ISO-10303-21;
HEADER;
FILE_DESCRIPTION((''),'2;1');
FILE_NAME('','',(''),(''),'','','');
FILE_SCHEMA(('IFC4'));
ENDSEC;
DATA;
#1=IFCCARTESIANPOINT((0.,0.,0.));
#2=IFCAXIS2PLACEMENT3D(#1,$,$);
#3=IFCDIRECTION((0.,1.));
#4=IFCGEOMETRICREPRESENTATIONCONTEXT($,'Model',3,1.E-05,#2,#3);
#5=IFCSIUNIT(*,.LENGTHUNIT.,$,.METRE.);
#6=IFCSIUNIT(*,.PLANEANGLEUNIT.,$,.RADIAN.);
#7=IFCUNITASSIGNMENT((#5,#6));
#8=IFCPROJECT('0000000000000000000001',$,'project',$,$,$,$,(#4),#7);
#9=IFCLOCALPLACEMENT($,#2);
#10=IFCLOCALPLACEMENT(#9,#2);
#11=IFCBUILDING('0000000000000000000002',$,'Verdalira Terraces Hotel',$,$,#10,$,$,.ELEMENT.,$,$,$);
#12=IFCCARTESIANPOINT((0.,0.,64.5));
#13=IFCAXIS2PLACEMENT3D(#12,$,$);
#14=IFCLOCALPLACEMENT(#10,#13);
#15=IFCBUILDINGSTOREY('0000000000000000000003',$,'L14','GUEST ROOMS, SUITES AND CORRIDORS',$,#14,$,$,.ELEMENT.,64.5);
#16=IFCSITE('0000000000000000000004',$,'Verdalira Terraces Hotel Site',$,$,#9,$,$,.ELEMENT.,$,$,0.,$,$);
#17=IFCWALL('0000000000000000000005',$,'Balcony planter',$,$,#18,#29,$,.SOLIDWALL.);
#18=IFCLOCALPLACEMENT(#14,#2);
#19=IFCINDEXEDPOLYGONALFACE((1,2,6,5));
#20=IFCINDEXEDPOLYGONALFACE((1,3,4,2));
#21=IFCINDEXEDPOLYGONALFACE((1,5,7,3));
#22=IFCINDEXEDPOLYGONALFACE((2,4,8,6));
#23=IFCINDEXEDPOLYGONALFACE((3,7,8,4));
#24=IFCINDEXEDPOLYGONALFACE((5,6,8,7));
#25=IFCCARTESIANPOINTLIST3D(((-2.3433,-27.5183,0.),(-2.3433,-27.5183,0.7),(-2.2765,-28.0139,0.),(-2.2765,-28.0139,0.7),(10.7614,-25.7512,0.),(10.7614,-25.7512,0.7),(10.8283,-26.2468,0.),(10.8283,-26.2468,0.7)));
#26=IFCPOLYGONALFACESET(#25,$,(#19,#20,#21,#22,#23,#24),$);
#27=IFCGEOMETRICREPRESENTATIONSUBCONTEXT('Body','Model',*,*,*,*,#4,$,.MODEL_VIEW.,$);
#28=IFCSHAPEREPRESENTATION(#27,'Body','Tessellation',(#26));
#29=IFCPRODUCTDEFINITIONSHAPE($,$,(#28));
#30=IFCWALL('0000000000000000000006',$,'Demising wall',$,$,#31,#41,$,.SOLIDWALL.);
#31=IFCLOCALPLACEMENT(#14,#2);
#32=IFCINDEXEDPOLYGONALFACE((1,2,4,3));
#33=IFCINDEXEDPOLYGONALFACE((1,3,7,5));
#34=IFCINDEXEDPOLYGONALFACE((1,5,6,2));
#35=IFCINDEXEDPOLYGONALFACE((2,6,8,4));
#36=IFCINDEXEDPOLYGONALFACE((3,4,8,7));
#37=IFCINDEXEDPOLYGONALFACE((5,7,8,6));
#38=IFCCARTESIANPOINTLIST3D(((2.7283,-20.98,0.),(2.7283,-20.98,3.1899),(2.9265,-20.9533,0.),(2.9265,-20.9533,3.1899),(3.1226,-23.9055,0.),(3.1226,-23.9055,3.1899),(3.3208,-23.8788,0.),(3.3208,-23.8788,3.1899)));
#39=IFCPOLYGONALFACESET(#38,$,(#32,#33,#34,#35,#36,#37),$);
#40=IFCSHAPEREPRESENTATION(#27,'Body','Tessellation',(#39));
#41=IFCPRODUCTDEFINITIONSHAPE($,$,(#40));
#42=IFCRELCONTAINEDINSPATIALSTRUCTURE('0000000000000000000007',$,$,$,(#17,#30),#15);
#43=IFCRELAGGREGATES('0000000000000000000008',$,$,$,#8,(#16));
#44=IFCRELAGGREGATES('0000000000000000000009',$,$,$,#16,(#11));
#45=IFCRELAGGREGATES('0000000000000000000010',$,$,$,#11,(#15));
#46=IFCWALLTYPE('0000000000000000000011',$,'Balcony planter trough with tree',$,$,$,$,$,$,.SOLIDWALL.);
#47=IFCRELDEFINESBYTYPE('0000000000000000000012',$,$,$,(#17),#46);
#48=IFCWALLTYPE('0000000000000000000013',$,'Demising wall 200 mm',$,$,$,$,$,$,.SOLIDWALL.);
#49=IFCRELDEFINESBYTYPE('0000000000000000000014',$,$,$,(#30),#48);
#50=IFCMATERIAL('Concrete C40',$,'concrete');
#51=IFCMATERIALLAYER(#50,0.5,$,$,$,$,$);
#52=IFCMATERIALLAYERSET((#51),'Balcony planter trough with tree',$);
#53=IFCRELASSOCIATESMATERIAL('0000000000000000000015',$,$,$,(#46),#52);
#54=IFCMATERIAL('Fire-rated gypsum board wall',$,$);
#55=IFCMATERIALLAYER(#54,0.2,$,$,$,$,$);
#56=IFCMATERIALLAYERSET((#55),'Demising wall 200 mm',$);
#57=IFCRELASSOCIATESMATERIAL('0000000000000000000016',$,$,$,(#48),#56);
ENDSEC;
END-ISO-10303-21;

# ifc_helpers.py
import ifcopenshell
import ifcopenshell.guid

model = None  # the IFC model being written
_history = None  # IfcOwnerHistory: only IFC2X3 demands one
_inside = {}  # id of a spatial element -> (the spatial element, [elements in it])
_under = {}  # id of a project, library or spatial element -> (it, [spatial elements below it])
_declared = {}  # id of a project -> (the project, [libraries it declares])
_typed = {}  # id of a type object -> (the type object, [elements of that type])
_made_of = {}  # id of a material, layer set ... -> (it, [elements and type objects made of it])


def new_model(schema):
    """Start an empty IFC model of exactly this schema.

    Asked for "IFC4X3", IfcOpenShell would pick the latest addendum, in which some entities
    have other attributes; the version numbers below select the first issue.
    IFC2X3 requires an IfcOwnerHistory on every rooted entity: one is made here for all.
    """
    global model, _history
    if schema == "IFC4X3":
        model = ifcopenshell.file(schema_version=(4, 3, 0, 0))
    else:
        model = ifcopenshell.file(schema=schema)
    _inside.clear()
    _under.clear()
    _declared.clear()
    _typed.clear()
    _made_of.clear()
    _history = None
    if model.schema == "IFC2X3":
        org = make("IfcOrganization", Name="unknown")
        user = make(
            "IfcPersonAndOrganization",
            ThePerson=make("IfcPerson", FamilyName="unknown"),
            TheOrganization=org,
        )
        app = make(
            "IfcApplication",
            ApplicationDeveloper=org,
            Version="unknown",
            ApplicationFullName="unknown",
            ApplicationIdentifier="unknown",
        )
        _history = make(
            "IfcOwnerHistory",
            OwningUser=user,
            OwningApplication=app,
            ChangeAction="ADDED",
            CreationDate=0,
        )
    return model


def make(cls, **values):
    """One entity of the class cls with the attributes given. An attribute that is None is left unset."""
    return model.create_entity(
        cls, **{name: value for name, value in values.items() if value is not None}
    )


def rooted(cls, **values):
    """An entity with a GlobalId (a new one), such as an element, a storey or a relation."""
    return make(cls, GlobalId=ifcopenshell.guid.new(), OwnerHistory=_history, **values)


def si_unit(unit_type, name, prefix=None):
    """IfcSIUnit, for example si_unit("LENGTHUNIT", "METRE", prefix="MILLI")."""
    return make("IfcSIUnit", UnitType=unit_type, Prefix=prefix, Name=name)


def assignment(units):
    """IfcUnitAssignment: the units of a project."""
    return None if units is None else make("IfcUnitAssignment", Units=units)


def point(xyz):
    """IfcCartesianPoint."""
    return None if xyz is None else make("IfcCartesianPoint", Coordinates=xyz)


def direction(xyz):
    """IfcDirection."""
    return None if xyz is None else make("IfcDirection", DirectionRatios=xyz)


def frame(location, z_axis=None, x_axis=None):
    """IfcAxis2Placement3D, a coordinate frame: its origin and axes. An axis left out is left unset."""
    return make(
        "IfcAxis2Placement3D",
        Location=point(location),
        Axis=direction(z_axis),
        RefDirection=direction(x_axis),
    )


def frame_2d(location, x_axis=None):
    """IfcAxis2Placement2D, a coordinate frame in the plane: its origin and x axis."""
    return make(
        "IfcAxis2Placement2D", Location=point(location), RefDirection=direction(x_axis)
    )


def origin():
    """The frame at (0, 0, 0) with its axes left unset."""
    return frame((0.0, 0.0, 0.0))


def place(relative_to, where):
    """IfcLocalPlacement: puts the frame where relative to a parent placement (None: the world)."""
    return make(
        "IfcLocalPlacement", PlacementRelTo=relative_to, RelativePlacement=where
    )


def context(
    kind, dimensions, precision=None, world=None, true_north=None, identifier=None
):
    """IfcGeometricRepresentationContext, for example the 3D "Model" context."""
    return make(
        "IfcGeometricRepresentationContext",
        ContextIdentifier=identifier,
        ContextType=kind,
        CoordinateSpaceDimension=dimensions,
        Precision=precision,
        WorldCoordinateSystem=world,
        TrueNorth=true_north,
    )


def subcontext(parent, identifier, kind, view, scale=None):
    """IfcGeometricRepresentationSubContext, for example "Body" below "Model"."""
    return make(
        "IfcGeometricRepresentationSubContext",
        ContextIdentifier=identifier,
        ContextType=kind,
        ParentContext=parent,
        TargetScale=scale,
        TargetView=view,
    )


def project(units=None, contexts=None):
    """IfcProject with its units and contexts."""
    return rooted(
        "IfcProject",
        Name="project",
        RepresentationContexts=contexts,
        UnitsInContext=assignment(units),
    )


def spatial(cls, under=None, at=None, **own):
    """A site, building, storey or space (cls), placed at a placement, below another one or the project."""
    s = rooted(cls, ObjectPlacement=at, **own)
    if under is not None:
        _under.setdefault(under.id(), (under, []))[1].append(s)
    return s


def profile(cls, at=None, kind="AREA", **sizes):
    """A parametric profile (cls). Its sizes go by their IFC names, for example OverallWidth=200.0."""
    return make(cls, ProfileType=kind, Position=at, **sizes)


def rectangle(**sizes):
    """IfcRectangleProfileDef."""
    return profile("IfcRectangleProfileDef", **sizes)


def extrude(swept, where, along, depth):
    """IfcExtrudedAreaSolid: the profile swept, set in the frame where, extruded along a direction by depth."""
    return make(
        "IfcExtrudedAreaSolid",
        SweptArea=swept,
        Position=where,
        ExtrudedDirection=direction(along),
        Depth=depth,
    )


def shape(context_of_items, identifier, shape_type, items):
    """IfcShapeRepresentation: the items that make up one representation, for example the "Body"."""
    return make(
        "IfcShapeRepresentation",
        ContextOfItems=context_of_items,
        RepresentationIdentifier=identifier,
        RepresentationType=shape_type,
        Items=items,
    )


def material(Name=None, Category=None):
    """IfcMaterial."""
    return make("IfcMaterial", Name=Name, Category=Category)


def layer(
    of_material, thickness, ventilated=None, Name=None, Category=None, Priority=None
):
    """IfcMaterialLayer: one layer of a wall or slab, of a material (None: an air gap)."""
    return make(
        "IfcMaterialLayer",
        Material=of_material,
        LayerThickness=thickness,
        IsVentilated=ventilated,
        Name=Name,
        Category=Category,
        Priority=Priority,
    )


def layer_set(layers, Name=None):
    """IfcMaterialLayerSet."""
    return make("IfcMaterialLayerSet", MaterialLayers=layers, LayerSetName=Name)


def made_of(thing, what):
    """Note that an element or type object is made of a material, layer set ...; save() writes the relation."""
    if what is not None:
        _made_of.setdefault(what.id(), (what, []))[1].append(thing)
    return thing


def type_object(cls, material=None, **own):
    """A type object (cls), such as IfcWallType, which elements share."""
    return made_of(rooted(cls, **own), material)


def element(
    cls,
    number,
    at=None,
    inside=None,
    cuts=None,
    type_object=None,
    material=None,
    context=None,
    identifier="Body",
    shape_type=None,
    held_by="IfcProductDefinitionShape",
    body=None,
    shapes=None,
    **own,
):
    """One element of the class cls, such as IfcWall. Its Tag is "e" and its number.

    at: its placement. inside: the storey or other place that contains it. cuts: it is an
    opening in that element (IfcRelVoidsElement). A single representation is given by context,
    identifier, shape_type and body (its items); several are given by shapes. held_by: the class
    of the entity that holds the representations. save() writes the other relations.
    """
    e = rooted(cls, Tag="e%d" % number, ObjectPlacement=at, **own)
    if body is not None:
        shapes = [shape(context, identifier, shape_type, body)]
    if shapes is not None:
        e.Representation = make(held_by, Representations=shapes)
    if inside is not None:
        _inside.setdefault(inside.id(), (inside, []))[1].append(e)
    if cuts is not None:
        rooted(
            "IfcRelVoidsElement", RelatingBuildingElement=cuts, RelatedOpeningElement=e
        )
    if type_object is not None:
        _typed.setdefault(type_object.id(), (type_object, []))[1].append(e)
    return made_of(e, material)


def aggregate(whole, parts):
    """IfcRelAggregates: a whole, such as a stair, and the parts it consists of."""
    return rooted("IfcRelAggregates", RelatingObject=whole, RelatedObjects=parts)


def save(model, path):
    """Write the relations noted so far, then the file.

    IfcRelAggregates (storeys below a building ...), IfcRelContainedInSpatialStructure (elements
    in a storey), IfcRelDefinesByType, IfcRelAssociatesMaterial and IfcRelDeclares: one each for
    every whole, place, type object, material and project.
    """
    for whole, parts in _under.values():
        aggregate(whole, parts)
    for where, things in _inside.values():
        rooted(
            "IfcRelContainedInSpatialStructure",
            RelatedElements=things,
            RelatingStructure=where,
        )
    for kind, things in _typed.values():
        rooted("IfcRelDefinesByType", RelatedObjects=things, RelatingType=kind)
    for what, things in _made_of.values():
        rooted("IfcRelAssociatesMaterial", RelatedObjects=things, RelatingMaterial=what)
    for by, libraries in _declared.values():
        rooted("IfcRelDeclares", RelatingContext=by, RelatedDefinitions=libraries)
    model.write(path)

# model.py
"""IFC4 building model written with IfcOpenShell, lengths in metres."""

from ifc_helpers import new_model, si_unit, direction, frame, frame_2d, origin, place, context, subcontext, project, spatial, rectangle, extrude, material, layer, layer_set, type_object, element, save


model = new_model("IFC4")

# Units and contexts
model_context = context("Model", 3, precision=1e-05, world=origin(), true_north=direction((0.0, 1.0)))
body_context = subcontext(model_context, "Body", "Model", "MODEL_VIEW")
ifc_project = project(units=[si_unit("LENGTHUNIT", "METRE"), si_unit("PLANEANGLEUNIT", "RADIAN")], contexts=[model_context])

# Site, building, storey
site_placement = place(None, origin())
site = spatial("IfcSite", under=ifc_project, at=site_placement, Name="Verdalira Terraces Hotel Site", CompositionType="ELEMENT", RefElevation=0.0)
building_placement = place(site_placement, origin())
building = spatial("IfcBuilding", under=site, at=building_placement, Name="Verdalira Terraces Hotel", CompositionType="ELEMENT")
storey_placement = place(building_placement, frame((0.0, 0.0, 64.5)))
storey = spatial("IfcBuildingStorey", under=building, at=storey_placement, Name="L14", Description="GUEST ROOMS, SUITES AND CORRIDORS", CompositionType="ELEMENT", Elevation=64.5)

# Walls
ifc_material_1 = material(Name="Concrete C40", Category="concrete")
ifc_layer_1 = layer(ifc_material_1, 0.5)
ifc_layer_set_1 = layer_set([ifc_layer_1], Name="Balcony planter trough with tree")
wall_type_1 = type_object("IfcWallType", Name="Balcony planter trough with tree", PredefinedType="SOLIDWALL", material=ifc_layer_set_1)
wall_1_placement = place(storey_placement, frame((-2.3101, -27.7661, 0.0), z_axis=(0.0, 0.0, 1.0), x_axis=(0.991031, 0.133634, 0.0)))
element("IfcWall", 1, at=wall_1_placement, inside=storey, type_object=wall_type_1, Name="Balcony planter", PredefinedType="SOLIDWALL", context=body_context, shape_type="SweptSolid", body=[
    extrude(rectangle(XDim=13.2234, YDim=0.5, at=frame_2d((6.6118, 0.0))), origin(), (0.0, 0.0, 1.0), 0.7),
])
ifc_material_2 = material(Name="Fire-rated gypsum board wall")
ifc_layer_2 = layer(ifc_material_2, 0.2)
ifc_layer_set_2 = layer_set([ifc_layer_2], Name="Demising wall 200 mm")
wall_type_2 = type_object("IfcWallType", Name="Demising wall 200 mm", PredefinedType="SOLIDWALL", material=ifc_layer_set_2)
wall_2_placement = place(storey_placement, frame((2.8274, -20.9666, 0.0), z_axis=(0.0, 0.0, 1.0), x_axis=(0.133567, -0.99104, 0.0)))
element("IfcWall", 2, at=wall_2_placement, inside=storey, type_object=wall_type_2, Name="Demising wall", PredefinedType="SOLIDWALL", context=body_context, shape_type="SweptSolid", body=[
    extrude(rectangle(XDim=2.9519, YDim=0.2, at=frame_2d((1.4761, 0.0))), origin(), (0.0, 0.0, 1.0), 3.1899),
])

save(model, "model.ifc")
